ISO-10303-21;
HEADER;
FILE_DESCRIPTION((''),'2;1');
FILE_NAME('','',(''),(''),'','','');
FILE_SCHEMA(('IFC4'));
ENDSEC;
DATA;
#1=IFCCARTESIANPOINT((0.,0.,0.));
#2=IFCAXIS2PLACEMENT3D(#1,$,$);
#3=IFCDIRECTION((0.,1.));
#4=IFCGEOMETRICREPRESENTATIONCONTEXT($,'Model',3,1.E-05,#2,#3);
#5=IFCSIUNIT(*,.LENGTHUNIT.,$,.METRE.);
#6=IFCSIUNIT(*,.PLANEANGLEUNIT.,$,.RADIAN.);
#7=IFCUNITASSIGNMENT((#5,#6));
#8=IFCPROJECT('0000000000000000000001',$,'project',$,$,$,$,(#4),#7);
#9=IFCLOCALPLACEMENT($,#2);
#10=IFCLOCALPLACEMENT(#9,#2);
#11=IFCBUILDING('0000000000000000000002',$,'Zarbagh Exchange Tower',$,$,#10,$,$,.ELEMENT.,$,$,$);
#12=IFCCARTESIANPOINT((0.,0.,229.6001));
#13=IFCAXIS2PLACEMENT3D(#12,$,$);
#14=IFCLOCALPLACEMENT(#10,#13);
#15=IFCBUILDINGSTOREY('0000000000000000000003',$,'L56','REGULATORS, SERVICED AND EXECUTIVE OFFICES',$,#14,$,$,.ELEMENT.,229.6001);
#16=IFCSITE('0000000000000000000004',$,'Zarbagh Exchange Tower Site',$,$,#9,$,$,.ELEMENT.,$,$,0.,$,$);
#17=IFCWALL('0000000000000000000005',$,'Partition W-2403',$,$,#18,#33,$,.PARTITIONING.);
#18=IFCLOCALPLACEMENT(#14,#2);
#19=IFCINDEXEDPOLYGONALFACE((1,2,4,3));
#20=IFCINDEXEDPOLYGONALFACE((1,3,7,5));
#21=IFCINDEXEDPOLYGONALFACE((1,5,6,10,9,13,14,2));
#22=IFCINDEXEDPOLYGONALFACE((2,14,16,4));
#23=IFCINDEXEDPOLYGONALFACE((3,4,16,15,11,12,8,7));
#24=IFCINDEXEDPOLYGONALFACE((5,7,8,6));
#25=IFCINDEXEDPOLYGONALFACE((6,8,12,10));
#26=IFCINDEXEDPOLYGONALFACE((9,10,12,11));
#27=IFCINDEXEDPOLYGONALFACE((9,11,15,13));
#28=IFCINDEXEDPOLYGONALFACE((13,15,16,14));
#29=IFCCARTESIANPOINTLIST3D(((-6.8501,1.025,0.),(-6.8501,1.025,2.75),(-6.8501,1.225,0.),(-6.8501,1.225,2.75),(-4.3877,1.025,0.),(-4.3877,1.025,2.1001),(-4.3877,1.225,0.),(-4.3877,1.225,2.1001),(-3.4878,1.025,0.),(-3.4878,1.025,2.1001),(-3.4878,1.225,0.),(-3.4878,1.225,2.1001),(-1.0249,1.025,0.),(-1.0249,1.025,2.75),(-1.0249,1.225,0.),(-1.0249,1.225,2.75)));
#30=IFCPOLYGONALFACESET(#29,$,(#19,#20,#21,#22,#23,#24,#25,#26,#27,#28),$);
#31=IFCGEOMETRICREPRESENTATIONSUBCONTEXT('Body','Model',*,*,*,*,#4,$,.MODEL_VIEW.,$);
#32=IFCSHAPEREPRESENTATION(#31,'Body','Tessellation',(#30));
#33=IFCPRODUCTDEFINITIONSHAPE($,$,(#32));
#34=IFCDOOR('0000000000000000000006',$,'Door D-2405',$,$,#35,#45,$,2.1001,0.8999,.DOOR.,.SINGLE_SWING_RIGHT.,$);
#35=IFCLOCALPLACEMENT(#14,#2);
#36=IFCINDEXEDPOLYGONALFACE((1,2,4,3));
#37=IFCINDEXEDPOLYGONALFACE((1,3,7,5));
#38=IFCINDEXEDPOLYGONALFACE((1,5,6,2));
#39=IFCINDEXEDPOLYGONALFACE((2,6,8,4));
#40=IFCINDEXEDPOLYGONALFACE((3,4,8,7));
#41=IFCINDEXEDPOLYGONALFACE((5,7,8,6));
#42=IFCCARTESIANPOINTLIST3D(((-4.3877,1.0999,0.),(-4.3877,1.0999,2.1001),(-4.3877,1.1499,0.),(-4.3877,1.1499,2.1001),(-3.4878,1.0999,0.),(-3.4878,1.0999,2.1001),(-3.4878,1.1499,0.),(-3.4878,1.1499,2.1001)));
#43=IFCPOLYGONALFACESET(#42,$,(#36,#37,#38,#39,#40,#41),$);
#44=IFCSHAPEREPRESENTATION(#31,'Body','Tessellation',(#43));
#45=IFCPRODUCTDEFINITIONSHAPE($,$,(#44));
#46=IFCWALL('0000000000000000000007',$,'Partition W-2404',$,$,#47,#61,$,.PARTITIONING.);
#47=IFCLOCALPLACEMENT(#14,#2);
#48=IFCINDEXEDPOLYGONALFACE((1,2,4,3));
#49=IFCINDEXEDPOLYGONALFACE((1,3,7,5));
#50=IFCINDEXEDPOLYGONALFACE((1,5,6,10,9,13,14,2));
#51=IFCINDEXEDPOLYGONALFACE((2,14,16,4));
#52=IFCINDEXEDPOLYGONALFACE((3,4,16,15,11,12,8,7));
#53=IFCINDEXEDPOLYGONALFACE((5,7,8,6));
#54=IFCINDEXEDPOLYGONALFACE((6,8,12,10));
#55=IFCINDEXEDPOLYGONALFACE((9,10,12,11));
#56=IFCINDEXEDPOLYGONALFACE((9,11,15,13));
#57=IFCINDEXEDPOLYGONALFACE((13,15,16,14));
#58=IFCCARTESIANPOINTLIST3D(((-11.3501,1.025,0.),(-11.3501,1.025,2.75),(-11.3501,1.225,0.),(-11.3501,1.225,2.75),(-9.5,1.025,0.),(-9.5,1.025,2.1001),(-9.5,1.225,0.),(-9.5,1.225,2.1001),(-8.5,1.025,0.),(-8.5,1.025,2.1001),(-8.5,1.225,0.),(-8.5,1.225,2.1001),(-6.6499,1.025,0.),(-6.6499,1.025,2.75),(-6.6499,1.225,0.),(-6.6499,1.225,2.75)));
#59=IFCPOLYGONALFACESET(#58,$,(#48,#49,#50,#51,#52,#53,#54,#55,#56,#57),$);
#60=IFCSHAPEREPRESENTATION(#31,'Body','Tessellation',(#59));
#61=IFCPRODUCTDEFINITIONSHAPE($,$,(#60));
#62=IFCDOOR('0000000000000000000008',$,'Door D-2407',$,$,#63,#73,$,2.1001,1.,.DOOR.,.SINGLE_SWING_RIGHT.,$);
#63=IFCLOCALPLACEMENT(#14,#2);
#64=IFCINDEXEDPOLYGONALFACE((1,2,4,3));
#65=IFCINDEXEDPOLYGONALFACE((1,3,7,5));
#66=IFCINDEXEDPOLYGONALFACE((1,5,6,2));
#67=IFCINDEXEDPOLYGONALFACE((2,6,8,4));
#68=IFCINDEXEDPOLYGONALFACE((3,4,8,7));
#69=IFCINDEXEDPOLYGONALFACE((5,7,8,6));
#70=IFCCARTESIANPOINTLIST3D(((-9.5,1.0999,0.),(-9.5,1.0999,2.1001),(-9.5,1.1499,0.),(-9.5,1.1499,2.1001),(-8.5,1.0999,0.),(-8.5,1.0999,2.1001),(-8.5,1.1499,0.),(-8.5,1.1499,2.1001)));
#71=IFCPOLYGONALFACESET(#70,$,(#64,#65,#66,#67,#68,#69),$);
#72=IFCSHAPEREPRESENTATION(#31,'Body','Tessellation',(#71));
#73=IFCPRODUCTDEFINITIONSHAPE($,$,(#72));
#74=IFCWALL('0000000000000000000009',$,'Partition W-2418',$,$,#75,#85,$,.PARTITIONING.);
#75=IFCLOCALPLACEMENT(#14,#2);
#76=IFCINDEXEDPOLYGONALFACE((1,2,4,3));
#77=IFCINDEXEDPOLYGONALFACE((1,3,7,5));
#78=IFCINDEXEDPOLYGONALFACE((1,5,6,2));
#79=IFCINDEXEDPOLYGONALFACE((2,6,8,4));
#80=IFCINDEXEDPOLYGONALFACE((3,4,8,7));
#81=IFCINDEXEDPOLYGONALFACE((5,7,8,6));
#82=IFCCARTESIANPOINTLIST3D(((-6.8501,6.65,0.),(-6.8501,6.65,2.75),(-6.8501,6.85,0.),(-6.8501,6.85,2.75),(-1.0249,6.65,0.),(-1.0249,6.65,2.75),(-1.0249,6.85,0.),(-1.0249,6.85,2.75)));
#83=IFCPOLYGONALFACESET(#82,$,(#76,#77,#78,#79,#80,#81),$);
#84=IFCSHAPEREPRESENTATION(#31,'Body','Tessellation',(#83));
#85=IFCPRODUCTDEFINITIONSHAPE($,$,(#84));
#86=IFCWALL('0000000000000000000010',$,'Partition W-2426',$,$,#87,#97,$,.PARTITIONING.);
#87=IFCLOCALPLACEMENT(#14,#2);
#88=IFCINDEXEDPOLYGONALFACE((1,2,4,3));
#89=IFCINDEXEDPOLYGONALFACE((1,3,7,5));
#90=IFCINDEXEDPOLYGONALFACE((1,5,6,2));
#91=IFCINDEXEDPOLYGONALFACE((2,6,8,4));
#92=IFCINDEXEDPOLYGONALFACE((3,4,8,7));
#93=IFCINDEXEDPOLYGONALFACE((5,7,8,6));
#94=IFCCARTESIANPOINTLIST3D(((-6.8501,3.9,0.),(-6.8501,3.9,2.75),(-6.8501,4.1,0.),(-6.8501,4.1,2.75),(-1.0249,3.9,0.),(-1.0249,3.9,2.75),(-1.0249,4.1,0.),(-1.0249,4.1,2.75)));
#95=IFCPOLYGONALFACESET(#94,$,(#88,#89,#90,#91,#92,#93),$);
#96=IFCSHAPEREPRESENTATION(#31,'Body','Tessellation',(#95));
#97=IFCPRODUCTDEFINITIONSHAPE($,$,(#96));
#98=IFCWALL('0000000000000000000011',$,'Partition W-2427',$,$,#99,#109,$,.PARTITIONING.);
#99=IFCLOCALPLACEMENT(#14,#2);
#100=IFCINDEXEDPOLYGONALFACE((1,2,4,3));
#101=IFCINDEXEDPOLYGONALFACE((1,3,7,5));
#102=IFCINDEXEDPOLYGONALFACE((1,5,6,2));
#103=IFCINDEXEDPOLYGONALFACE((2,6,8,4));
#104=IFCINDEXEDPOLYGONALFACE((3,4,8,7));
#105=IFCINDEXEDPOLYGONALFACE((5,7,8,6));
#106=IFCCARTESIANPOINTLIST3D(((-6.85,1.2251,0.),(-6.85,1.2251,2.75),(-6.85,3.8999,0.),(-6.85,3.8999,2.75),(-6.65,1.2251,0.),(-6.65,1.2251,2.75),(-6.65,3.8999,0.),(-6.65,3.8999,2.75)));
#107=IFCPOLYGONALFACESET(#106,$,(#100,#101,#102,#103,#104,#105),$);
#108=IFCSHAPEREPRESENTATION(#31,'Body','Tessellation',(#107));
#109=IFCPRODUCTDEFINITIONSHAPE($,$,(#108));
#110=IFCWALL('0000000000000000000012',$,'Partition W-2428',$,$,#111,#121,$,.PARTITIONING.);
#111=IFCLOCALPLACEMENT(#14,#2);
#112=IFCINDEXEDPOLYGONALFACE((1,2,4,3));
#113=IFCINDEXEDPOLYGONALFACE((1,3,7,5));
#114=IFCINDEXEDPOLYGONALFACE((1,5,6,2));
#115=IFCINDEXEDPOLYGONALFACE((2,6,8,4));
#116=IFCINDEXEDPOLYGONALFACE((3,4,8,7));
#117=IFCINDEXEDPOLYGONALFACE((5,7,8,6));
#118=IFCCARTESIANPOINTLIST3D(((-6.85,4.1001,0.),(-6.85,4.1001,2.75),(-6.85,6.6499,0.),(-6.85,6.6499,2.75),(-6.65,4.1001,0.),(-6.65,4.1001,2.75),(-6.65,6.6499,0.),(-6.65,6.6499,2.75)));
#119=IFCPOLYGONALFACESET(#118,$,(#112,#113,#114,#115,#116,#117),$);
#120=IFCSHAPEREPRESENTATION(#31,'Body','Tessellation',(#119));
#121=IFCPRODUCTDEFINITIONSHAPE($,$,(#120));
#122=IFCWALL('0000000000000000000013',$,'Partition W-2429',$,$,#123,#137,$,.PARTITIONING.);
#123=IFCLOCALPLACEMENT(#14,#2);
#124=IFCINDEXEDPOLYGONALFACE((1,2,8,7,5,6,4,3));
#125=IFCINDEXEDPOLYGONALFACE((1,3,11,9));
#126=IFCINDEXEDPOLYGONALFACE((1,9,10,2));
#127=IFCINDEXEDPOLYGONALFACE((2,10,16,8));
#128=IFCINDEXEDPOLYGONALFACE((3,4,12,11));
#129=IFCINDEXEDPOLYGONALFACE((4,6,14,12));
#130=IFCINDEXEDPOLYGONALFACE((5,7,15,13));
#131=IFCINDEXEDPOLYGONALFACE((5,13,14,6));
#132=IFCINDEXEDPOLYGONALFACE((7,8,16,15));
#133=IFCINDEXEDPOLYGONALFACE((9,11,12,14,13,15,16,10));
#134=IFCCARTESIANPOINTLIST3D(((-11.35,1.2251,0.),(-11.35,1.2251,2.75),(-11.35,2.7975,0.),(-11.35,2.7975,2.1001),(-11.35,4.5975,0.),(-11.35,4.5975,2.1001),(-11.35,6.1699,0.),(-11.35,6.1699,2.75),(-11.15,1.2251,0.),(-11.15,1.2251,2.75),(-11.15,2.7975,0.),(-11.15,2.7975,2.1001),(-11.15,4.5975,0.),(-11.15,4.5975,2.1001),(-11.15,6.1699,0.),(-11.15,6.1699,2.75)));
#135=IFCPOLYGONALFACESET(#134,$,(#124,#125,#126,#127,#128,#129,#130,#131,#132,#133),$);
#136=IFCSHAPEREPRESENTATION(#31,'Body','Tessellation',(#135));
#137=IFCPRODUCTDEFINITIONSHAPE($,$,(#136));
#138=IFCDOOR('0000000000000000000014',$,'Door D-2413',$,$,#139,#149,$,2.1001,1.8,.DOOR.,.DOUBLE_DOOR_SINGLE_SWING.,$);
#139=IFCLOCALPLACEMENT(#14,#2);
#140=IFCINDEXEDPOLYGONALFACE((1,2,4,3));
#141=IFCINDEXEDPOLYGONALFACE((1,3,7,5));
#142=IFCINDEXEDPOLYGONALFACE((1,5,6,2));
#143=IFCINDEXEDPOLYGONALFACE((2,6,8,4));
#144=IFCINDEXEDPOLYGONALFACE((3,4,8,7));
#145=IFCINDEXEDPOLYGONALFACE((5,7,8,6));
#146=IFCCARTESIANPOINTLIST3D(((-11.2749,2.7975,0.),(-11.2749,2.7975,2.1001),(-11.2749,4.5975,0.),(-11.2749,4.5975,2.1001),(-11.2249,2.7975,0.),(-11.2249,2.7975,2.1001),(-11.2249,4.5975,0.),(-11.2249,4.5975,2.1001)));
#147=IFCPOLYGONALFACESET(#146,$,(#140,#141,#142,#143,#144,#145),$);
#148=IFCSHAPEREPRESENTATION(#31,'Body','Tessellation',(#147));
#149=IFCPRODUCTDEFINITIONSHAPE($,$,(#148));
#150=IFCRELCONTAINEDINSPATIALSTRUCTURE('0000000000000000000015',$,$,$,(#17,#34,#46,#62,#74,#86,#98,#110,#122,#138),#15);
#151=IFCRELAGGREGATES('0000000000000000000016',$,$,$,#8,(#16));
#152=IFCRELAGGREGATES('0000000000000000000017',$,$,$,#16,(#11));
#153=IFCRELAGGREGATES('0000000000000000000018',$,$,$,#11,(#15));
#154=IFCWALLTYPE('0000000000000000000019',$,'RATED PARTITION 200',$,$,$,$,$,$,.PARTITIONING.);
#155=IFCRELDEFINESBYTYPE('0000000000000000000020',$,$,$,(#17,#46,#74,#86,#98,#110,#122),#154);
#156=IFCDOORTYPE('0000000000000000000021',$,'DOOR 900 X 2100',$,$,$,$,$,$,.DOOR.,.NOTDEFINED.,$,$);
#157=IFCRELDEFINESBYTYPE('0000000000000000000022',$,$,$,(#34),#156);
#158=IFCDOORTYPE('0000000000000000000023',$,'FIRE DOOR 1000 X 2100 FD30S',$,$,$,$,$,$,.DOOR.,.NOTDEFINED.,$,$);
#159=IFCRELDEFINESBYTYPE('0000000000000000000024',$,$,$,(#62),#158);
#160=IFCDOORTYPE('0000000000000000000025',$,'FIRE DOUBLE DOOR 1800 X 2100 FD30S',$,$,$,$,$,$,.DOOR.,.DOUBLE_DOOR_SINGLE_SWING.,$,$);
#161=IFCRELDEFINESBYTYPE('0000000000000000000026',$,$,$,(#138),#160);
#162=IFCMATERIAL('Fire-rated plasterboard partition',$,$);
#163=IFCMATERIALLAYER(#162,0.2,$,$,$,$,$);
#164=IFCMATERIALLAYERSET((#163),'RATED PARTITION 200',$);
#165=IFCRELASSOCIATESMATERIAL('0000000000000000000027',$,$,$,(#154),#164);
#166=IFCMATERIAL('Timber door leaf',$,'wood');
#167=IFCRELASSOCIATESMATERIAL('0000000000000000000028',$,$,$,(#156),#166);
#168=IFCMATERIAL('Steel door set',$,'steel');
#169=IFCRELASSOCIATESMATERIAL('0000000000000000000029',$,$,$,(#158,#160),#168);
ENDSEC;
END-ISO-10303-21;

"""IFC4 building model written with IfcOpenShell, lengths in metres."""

from ifc_helpers import new_model, si_unit, direction, frame, frame_2d, origin, place, context, subcontext, project, spatial, rectangle, extrude, material, layer, layer_set, type_object, element, fill, save


model = new_model("IFC4")

# Units and contexts
model_context = context("Model", 3, precision=1e-05, world=origin(), true_north=direction((0.0, 1.0)))
body_context = subcontext(model_context, "Body", "Model", "MODEL_VIEW")
ifc_project = project(units=[si_unit("LENGTHUNIT", "METRE"), si_unit("PLANEANGLEUNIT", "RADIAN")], contexts=[model_context])

# Site, building, storey
site_placement = place(None, origin())
site = spatial("IfcSite", under=ifc_project, at=site_placement, Name="Zarbagh Exchange Tower Site", CompositionType="ELEMENT", RefElevation=0.0)
building_placement = place(site_placement, origin())
building = spatial("IfcBuilding", under=site, at=building_placement, Name="Zarbagh Exchange Tower", CompositionType="ELEMENT")
storey_placement = place(building_placement, frame((0.0, 0.0, 229.6001)))
storey = spatial("IfcBuildingStorey", under=building, at=storey_placement, Name="L56", Description="REGULATORS, SERVICED AND EXECUTIVE OFFICES", CompositionType="ELEMENT", Elevation=229.6001)

# Walls, openings, doors
ifc_material_1 = material(Name="Fire-rated plasterboard partition")
ifc_layer = layer(ifc_material_1, 0.2)
ifc_layer_set = layer_set([ifc_layer], Name="RATED PARTITION 200")
wall_type = type_object("IfcWallType", Name="RATED PARTITION 200", PredefinedType="PARTITIONING", material=ifc_layer_set)
wall_1_placement = place(storey_placement, frame((-6.8501, 1.125, 0.0), z_axis=(0.0, 0.0, 1.0), x_axis=(1.0, 0.0, 0.0)))
wall_1 = element("IfcWall", 1, at=wall_1_placement, inside=storey, type_object=wall_type, Name="Partition W-2403", PredefinedType="PARTITIONING", context=body_context, shape_type="SweptSolid", body=[
    extrude(rectangle(XDim=5.8252, YDim=0.2, at=frame_2d((2.9126, 0.0))), origin(), (0.0, 0.0, 1.0), 2.75),
])
opening_1_placement = place(wall_1_placement, frame((2.4624, 0.0, 0.0)))
opening_1 = element("IfcOpeningElement", 2, at=opening_1_placement, cuts=wall_1, PredefinedType="OPENING", context=body_context, shape_type="SweptSolid", body=[
    extrude(rectangle(XDim=0.8999, YDim=2.1001, at=frame_2d((0.45, 1.05))), frame((0.0, 0.1099, 0.0), z_axis=(0.0, -1.0, 0.0), x_axis=(1.0, 0.0, 0.0)), (0.0, 0.0, 1.0), 0.22),
])
ifc_material_2 = material(Name="Timber door leaf", Category="wood")
door_type_1 = type_object("IfcDoorType", Name="DOOR 900 X 2100", OperationType="NOTDEFINED", PredefinedType="DOOR", material=ifc_material_2)
door_1_placement = place(opening_1_placement, origin())
door_1 = element("IfcDoor", 3, at=door_1_placement, inside=storey, type_object=door_type_1, Name="Door D-2405", OperationType="SINGLE_SWING_RIGHT", OverallHeight=2.1001, OverallWidth=0.8999, PredefinedType="DOOR", context=body_context, shape_type="SweptSolid", body=[
    extrude(rectangle(XDim=0.8999, YDim=2.1001, at=frame_2d((0.45, 1.05))), frame((0.0, 0.0249, 0.0), z_axis=(0.0, -1.0, 0.0), x_axis=(1.0, 0.0, 0.0)), (0.0, 0.0, 1.0), 0.05),
])
fill(opening_1, door_1)
wall_2_placement = place(storey_placement, frame((-11.3501, 1.125, 0.0), z_axis=(0.0, 0.0, 1.0), x_axis=(1.0, 0.0, 0.0)))
wall_2 = element("IfcWall", 4, at=wall_2_placement, inside=storey, type_object=wall_type, Name="Partition W-2404", PredefinedType="PARTITIONING", context=body_context, shape_type="SweptSolid", body=[
    extrude(rectangle(XDim=4.7002, YDim=0.2, at=frame_2d((2.3501, 0.0))), origin(), (0.0, 0.0, 1.0), 2.75),
])
opening_2_placement = place(wall_2_placement, frame((1.8501, 0.0, 0.0)))
opening_2 = element("IfcOpeningElement", 5, at=opening_2_placement, cuts=wall_2, PredefinedType="OPENING", context=body_context, shape_type="SweptSolid", body=[
    extrude(rectangle(XDim=1.0, YDim=2.1001, at=frame_2d((0.5, 1.05))), frame((0.0, 0.1099, 0.0), z_axis=(0.0, -1.0, 0.0), x_axis=(1.0, 0.0, 0.0)), (0.0, 0.0, 1.0), 0.22),
])
ifc_material_3 = material(Name="Steel door set", Category="steel")
door_type_2 = type_object("IfcDoorType", Name="FIRE DOOR 1000 X 2100 FD30S", OperationType="NOTDEFINED", PredefinedType="DOOR", material=ifc_material_3)
door_2_placement = place(opening_2_placement, origin())
door_2 = element("IfcDoor", 6, at=door_2_placement, inside=storey, type_object=door_type_2, Name="Door D-2407", OperationType="SINGLE_SWING_RIGHT", OverallHeight=2.1001, OverallWidth=1.0, PredefinedType="DOOR", context=body_context, shape_type="SweptSolid", body=[
    extrude(rectangle(XDim=1.0, YDim=2.1001, at=frame_2d((0.5, 1.05))), frame((0.0, 0.0249, 0.0), z_axis=(0.0, -1.0, 0.0), x_axis=(1.0, 0.0, 0.0)), (0.0, 0.0, 1.0), 0.05),
])
fill(opening_2, door_2)

# Walls
for number, where, z_axis, x_axis, name in (
    (7, (-6.8501, 6.75, 0.0), (0.0, 0.0, 1.0), (1.0, 0.0, 0.0), "Partition W-2418"),
    (8, (-6.8501, 4.0, 0.0), (0.0, 0.0, 1.0), (1.0, 0.0, 0.0), "Partition W-2426"),
):
    element("IfcWall", number, at=place(storey_placement, frame(where, z_axis=z_axis, x_axis=x_axis)), inside=storey, type_object=wall_type, Name=name, PredefinedType="PARTITIONING", context=body_context, shape_type="SweptSolid", body=[
        extrude(rectangle(XDim=5.8252, YDim=0.2, at=frame_2d((2.9126, 0.0))), origin(), (0.0, 0.0, 1.0), 2.75),
    ])
wall_3_placement = place(storey_placement, frame((-6.75, 1.2251, 0.0), z_axis=(0.0, 0.0, 1.0), x_axis=(0.0, 1.0, 0.0)))
element("IfcWall", 9, at=wall_3_placement, inside=storey, type_object=wall_type, Name="Partition W-2427", PredefinedType="PARTITIONING", context=body_context, shape_type="SweptSolid", body=[
    extrude(rectangle(XDim=2.6748, YDim=0.2, at=frame_2d((1.3374, 0.0))), origin(), (0.0, 0.0, 1.0), 2.75),
])
wall_4_placement = place(storey_placement, frame((-6.75, 4.1001, 0.0), z_axis=(0.0, 0.0, 1.0), x_axis=(0.0, 1.0, 0.0)))
element("IfcWall", 10, at=wall_4_placement, inside=storey, type_object=wall_type, Name="Partition W-2428", PredefinedType="PARTITIONING", context=body_context, shape_type="SweptSolid", body=[
    extrude(rectangle(XDim=2.5498, YDim=0.2, at=frame_2d((1.2749, 0.0))), origin(), (0.0, 0.0, 1.0), 2.75),
])

# Wall, opening, door
wall_5_placement = place(storey_placement, frame((-11.25, 1.2251, 0.0), z_axis=(0.0, 0.0, 1.0), x_axis=(0.0, 1.0, 0.0)))
wall_5 = element("IfcWall", 11, at=wall_5_placement, inside=storey, type_object=wall_type, Name="Partition W-2429", PredefinedType="PARTITIONING", context=body_context, shape_type="SweptSolid", body=[
    extrude(rectangle(XDim=4.9448, YDim=0.2, at=frame_2d((2.4724, 0.0))), origin(), (0.0, 0.0, 1.0), 2.75),
])
opening_3_placement = place(wall_5_placement, frame((1.5725, 0.0, 0.0)))
opening_3 = element("IfcOpeningElement", 12, at=opening_3_placement, cuts=wall_5, PredefinedType="OPENING", context=body_context, shape_type="SweptSolid", body=[
    extrude(rectangle(XDim=1.8, YDim=2.1001, at=frame_2d((0.8999, 1.05))), frame((0.0, 0.1099, 0.0), z_axis=(0.0, -1.0, 0.0), x_axis=(1.0, 0.0, 0.0)), (0.0, 0.0, 1.0), 0.22),
])
door_type_3 = type_object("IfcDoorType", Name="FIRE DOUBLE DOOR 1800 X 2100 FD30S", OperationType="DOUBLE_DOOR_SINGLE_SWING", PredefinedType="DOOR", material=ifc_material_3)
door_3_placement = place(opening_3_placement, origin())
door_3 = element("IfcDoor", 13, at=door_3_placement, inside=storey, type_object=door_type_3, Name="Door D-2413", OperationType="DOUBLE_DOOR_SINGLE_SWING", OverallHeight=2.1001, OverallWidth=1.8, PredefinedType="DOOR", context=body_context, shape_type="SweptSolid", body=[
    extrude(rectangle(XDim=1.8, YDim=2.1001, at=frame_2d((0.8999, 1.05))), frame((0.0, 0.0249, 0.0), z_axis=(0.0, -1.0, 0.0), x_axis=(1.0, 0.0, 0.0)), (0.0, 0.0, 1.0), 0.05),
])
fill(opening_3, door_3)

save(model, "model.ifc")
